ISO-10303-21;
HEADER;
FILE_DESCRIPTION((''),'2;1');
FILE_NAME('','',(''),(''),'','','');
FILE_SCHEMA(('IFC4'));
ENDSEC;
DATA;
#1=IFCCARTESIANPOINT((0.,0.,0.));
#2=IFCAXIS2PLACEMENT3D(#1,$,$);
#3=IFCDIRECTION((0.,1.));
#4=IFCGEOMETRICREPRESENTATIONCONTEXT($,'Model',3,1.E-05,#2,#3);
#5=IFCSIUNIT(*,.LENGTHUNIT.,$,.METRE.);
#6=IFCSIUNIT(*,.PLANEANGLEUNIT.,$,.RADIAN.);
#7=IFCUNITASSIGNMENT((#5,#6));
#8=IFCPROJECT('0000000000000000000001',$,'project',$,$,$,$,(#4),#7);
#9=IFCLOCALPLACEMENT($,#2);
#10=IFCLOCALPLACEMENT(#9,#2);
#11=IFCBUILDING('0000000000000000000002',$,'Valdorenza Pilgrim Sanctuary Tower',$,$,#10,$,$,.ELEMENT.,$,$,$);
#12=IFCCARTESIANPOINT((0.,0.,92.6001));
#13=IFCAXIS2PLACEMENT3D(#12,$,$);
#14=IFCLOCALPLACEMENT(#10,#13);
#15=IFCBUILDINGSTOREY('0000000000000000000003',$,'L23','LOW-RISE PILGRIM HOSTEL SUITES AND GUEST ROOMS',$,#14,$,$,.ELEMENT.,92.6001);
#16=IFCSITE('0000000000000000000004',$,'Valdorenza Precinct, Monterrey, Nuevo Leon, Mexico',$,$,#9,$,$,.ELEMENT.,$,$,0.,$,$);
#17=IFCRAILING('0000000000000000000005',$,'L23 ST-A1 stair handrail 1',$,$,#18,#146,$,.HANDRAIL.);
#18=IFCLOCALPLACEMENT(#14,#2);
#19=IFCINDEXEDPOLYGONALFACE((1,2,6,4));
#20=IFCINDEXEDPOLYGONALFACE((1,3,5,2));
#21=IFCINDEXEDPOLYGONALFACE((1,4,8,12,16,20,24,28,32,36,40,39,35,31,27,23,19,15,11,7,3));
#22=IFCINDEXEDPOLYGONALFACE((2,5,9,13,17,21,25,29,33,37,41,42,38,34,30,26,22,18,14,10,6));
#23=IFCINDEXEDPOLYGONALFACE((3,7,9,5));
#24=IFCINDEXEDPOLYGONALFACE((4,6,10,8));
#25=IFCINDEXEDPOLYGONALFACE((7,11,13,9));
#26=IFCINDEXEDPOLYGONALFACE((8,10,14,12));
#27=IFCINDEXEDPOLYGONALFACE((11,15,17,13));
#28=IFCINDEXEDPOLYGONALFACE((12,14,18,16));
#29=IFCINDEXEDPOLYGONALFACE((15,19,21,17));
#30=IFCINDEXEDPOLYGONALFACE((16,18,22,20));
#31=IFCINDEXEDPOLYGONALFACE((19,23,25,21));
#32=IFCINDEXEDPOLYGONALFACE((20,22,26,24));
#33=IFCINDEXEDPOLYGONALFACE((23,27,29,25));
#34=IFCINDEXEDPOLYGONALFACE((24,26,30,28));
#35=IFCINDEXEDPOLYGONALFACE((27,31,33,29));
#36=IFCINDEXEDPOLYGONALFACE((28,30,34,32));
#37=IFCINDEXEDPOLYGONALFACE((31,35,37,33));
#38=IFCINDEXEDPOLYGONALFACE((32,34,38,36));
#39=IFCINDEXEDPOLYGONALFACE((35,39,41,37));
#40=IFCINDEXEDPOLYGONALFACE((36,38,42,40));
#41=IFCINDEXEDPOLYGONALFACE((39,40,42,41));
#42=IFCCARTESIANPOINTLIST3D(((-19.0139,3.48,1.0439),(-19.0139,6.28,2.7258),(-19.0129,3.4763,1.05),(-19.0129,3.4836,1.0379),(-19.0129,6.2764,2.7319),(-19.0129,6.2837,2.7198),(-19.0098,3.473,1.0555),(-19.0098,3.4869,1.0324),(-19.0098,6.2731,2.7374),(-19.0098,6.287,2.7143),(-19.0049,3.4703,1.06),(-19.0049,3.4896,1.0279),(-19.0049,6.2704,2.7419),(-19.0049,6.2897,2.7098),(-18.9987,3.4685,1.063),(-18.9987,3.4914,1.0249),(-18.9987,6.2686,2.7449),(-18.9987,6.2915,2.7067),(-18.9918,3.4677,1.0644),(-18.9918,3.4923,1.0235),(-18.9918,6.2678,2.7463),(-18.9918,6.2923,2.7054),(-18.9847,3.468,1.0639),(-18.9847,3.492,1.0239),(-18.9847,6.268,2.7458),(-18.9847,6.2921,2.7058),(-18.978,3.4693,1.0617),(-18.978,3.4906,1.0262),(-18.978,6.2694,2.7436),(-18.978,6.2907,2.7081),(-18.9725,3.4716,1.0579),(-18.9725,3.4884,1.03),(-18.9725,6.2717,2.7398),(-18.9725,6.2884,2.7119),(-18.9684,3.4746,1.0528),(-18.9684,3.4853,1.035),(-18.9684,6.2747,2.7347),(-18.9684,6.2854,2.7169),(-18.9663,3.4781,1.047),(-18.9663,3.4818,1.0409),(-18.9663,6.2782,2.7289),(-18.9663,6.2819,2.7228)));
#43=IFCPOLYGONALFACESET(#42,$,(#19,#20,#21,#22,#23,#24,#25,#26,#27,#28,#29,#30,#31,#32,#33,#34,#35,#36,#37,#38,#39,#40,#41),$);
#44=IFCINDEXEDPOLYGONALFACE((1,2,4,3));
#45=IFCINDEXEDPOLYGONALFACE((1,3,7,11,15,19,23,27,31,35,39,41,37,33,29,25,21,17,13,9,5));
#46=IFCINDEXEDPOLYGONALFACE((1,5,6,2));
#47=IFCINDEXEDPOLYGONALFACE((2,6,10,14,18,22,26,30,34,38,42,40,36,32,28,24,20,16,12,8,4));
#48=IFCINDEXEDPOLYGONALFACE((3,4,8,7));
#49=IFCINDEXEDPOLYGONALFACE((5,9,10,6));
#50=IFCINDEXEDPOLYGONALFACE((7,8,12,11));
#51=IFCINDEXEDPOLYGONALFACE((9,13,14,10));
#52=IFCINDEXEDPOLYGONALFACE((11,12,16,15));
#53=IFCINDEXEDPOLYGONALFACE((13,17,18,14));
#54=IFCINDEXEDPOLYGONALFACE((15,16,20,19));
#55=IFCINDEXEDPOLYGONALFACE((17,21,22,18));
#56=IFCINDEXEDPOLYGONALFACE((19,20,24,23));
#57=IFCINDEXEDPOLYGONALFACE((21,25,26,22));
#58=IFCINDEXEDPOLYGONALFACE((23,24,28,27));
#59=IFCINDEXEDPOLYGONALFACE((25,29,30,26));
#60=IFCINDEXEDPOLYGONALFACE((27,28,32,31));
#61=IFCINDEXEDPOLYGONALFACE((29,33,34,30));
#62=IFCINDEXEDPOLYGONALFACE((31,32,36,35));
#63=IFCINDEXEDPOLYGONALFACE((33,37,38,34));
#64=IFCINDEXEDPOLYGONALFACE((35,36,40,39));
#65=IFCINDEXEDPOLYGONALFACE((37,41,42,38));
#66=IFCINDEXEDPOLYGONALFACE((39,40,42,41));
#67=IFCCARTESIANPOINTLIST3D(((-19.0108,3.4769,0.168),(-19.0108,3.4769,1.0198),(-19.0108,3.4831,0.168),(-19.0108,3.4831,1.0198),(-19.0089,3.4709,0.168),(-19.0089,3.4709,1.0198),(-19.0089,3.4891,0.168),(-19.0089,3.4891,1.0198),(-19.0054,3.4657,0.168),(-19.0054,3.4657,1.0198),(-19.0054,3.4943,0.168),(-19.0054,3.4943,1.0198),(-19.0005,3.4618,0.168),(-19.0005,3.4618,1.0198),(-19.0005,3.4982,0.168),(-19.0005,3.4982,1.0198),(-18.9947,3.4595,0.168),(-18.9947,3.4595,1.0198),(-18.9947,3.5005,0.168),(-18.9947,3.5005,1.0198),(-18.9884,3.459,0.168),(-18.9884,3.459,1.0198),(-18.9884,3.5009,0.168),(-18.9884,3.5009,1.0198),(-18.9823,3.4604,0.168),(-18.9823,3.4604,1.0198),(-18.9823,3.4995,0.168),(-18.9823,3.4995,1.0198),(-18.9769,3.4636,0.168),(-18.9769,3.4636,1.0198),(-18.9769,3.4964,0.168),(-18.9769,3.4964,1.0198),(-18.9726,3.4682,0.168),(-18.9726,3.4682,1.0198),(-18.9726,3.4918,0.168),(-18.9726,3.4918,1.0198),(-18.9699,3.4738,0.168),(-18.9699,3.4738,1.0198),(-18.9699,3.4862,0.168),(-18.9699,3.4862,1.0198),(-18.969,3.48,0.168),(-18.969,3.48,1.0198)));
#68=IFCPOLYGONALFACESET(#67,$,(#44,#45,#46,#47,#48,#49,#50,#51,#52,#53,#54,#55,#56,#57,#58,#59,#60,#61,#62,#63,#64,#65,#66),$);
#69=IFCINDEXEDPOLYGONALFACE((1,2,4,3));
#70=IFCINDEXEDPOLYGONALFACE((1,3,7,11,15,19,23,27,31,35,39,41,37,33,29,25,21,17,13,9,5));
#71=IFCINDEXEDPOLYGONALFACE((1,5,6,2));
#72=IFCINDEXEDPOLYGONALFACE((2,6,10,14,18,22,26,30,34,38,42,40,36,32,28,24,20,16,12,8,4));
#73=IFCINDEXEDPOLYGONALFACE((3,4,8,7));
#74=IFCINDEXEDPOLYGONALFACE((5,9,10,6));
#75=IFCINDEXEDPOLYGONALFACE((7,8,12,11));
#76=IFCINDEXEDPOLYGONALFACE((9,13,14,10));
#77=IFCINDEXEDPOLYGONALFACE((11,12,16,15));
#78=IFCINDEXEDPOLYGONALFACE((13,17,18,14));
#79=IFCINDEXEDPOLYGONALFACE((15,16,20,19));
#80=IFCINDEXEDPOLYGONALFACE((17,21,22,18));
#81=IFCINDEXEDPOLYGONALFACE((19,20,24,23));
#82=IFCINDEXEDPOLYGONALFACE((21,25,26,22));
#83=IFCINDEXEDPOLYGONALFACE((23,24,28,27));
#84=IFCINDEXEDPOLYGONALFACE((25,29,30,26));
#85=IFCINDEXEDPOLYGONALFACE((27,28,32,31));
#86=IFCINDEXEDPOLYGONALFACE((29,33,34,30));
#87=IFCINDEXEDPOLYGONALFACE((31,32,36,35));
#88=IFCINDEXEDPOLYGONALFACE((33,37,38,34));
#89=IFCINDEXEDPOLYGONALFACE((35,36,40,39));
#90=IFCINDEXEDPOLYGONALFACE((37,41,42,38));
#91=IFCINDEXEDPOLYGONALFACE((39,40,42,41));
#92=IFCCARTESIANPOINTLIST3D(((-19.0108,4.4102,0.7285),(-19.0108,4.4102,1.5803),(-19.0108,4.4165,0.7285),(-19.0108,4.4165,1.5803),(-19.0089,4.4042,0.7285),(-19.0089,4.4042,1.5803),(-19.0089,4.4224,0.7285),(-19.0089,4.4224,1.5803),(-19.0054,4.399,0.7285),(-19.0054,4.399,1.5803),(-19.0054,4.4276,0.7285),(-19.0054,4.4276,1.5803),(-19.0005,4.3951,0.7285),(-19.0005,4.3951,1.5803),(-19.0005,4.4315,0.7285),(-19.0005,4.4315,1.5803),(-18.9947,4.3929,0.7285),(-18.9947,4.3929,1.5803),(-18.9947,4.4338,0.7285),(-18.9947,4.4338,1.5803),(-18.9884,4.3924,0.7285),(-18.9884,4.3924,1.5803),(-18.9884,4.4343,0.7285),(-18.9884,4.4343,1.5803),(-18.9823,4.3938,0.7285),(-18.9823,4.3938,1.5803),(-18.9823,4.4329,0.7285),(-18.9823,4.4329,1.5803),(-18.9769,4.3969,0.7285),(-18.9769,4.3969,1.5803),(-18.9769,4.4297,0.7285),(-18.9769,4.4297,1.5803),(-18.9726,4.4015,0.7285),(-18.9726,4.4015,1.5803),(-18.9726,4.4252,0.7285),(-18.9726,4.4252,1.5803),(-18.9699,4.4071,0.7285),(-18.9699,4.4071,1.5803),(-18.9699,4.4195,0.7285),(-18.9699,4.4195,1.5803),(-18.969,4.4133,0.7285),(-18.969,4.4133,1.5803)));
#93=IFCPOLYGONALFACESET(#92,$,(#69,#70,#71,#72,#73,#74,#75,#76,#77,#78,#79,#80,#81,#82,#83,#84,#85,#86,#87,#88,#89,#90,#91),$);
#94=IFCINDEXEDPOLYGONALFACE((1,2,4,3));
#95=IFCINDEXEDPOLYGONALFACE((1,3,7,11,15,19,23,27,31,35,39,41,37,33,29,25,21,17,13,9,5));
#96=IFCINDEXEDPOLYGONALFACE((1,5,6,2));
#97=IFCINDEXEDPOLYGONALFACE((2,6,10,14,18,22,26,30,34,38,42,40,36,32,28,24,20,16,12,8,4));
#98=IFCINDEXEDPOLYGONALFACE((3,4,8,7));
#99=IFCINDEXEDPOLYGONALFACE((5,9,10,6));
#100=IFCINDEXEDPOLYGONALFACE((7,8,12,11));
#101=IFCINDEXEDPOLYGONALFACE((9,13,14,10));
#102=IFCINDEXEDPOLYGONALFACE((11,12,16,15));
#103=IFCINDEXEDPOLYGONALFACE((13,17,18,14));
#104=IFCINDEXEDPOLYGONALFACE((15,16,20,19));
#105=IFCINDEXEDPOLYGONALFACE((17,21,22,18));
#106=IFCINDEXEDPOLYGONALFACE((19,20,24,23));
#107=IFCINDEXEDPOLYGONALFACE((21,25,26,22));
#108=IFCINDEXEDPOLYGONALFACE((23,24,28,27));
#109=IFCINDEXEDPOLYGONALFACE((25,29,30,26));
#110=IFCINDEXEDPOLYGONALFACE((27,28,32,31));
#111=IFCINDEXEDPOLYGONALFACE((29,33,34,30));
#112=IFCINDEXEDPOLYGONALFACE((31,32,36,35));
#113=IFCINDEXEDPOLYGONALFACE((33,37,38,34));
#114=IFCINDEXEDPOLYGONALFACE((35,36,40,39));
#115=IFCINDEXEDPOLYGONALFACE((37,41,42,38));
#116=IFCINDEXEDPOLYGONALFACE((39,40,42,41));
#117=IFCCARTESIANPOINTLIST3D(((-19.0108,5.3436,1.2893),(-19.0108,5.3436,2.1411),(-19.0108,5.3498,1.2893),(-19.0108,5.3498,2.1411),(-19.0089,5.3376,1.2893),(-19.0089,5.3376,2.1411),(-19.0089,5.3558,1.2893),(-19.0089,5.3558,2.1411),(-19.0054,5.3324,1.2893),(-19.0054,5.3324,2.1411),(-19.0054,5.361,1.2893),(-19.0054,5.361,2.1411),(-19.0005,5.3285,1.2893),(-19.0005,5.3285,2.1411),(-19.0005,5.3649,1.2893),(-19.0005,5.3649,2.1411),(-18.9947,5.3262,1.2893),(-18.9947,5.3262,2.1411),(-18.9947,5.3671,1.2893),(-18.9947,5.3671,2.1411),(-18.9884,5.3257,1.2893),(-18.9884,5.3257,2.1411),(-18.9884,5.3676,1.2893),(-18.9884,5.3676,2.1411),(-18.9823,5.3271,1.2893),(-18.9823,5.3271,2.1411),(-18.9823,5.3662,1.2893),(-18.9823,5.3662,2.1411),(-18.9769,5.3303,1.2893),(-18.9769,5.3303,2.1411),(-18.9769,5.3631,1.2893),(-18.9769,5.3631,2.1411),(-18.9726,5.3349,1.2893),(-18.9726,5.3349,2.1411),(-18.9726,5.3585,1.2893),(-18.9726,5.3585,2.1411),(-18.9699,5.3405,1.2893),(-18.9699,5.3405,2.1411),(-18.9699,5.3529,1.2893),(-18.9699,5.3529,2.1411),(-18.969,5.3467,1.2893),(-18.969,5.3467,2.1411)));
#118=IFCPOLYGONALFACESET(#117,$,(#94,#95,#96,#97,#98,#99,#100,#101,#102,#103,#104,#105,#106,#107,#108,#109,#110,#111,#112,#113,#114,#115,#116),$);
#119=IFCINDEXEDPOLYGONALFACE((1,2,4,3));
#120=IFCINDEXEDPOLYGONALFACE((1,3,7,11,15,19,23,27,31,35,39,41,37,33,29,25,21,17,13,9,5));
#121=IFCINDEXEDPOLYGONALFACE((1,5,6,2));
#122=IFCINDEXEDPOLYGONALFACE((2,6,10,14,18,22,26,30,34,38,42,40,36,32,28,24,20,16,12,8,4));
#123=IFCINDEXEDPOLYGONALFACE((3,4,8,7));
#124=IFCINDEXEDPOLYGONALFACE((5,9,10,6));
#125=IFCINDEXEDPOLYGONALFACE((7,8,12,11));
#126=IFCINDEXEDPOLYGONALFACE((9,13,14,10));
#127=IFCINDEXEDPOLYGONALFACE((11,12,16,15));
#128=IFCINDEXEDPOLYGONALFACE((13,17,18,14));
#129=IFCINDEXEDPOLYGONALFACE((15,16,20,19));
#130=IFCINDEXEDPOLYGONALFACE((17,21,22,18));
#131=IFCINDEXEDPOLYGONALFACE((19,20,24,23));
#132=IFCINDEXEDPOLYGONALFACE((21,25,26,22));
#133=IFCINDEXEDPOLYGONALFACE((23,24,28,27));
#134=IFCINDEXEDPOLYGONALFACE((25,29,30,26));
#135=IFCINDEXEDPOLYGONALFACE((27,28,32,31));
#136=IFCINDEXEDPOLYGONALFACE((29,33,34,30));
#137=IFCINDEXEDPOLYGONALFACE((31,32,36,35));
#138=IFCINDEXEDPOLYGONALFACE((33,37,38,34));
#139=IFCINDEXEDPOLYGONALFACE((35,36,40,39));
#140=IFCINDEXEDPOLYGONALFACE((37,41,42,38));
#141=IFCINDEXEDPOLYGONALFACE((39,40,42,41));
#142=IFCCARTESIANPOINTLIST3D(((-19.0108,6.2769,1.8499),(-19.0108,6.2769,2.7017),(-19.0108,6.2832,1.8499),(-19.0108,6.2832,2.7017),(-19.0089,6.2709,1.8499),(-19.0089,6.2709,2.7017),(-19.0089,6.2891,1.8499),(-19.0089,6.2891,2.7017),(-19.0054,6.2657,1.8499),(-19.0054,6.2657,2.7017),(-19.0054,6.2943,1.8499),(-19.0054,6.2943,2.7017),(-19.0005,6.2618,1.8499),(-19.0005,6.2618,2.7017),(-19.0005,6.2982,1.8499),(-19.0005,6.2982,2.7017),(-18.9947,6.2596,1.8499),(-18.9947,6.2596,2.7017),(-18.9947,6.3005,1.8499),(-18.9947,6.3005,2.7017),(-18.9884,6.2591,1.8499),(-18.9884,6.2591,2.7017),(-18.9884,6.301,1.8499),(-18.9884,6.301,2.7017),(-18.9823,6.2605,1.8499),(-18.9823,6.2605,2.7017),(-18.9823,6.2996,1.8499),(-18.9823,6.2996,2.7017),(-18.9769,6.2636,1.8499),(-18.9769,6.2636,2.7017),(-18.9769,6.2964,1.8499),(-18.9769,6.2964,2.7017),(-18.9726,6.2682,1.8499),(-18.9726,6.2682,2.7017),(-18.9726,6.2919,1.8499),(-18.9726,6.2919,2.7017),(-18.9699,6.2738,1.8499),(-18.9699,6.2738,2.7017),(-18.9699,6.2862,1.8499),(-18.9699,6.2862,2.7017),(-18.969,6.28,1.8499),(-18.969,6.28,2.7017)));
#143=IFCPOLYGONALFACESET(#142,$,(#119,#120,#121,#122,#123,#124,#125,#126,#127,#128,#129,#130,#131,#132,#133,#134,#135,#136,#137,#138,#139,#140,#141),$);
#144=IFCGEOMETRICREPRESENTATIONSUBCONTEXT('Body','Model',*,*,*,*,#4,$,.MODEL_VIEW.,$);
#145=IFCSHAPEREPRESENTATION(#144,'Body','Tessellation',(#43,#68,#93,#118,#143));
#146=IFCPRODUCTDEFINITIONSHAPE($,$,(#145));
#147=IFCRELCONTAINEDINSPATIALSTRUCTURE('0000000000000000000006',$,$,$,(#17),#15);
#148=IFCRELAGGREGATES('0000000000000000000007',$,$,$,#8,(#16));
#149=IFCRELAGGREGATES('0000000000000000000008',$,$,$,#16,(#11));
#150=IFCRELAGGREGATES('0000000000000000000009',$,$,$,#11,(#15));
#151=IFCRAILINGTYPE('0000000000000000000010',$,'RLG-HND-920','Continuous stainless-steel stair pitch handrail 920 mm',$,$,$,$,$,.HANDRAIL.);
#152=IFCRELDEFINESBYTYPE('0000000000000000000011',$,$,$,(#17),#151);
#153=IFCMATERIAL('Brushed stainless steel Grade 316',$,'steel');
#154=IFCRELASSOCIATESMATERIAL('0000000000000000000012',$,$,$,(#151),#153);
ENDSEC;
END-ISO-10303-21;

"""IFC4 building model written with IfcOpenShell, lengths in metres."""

from ifc_helpers import new_model, si_unit, direction, frame, origin, origin_2d, place, context, subcontext, project, spatial, circle, extrude, material, type_object, element, save


model = new_model("IFC4")

# Units and contexts
model_context = context("Model", 3, precision=1e-05, world=origin(), true_north=direction((0.0, 1.0)))
body_context = subcontext(model_context, "Body", "Model", "MODEL_VIEW")
ifc_project = project(units=[si_unit("LENGTHUNIT", "METRE"), si_unit("PLANEANGLEUNIT", "RADIAN")], contexts=[model_context])

# Site, building, storey
site_placement = place(None, origin())
site = spatial("IfcSite", under=ifc_project, at=site_placement, Name="Valdorenza Precinct, Monterrey, Nuevo Leon, Mexico", CompositionType="ELEMENT", RefElevation=0.0)
building_placement = place(site_placement, origin())
building = spatial("IfcBuilding", under=site, at=building_placement, Name="Valdorenza Pilgrim Sanctuary Tower", CompositionType="ELEMENT")
storey_placement = place(building_placement, frame((0.0, 0.0, 92.6001)))
storey = spatial("IfcBuildingStorey", under=building, at=storey_placement, Name="L23", Description="LOW-RISE PILGRIM HOSTEL SUITES AND GUEST ROOMS", CompositionType="ELEMENT", Elevation=92.6001)

# Shared definitions
ifc_material_1 = material(Name="Brushed stainless steel Grade 316", Category="steel")

# Railing
railing_type = type_object("IfcRailingType", Name="RLG-HND-920", Description="Continuous stainless-steel stair pitch handrail 920 mm", PredefinedType="HANDRAIL", material=ifc_material_1)
railing_placement = place(storey_placement, frame((-18.99, 3.48, 0.168)))
element("IfcRailing", 1, at=railing_placement, inside=storey, type_object=railing_type, Name="L23 ST-A1 stair handrail 1", PredefinedType="HANDRAIL", context=body_context, shape_type="SweptSolid", body=[
    extrude(circle(Radius=0.0239, at=origin_2d()), frame((0.0, 0.0, 0.876), z_axis=(0.0, 0.857242, 0.514913), x_axis=(-1.0, 0.0, 0.0)), (0.0, 0.0, 1.0), 3.2664),
    extrude(circle(Radius=0.021, at=origin_2d()), origin(), (0.0, 0.0, 1.0), 0.8518),
    extrude(circle(Radius=0.021, at=origin_2d()), frame((0.0, 0.9333, 0.5605)), (0.0, 0.0, 1.0), 0.8518),
    extrude(circle(Radius=0.021, at=origin_2d()), frame((0.0, 1.8667, 1.1213)), (0.0, 0.0, 1.0), 0.8518),
    extrude(circle(Radius=0.021, at=origin_2d()), frame((0.0, 2.8, 1.6819)), (0.0, 0.0, 1.0), 0.8518),
])

save(model, "model.ifc")
